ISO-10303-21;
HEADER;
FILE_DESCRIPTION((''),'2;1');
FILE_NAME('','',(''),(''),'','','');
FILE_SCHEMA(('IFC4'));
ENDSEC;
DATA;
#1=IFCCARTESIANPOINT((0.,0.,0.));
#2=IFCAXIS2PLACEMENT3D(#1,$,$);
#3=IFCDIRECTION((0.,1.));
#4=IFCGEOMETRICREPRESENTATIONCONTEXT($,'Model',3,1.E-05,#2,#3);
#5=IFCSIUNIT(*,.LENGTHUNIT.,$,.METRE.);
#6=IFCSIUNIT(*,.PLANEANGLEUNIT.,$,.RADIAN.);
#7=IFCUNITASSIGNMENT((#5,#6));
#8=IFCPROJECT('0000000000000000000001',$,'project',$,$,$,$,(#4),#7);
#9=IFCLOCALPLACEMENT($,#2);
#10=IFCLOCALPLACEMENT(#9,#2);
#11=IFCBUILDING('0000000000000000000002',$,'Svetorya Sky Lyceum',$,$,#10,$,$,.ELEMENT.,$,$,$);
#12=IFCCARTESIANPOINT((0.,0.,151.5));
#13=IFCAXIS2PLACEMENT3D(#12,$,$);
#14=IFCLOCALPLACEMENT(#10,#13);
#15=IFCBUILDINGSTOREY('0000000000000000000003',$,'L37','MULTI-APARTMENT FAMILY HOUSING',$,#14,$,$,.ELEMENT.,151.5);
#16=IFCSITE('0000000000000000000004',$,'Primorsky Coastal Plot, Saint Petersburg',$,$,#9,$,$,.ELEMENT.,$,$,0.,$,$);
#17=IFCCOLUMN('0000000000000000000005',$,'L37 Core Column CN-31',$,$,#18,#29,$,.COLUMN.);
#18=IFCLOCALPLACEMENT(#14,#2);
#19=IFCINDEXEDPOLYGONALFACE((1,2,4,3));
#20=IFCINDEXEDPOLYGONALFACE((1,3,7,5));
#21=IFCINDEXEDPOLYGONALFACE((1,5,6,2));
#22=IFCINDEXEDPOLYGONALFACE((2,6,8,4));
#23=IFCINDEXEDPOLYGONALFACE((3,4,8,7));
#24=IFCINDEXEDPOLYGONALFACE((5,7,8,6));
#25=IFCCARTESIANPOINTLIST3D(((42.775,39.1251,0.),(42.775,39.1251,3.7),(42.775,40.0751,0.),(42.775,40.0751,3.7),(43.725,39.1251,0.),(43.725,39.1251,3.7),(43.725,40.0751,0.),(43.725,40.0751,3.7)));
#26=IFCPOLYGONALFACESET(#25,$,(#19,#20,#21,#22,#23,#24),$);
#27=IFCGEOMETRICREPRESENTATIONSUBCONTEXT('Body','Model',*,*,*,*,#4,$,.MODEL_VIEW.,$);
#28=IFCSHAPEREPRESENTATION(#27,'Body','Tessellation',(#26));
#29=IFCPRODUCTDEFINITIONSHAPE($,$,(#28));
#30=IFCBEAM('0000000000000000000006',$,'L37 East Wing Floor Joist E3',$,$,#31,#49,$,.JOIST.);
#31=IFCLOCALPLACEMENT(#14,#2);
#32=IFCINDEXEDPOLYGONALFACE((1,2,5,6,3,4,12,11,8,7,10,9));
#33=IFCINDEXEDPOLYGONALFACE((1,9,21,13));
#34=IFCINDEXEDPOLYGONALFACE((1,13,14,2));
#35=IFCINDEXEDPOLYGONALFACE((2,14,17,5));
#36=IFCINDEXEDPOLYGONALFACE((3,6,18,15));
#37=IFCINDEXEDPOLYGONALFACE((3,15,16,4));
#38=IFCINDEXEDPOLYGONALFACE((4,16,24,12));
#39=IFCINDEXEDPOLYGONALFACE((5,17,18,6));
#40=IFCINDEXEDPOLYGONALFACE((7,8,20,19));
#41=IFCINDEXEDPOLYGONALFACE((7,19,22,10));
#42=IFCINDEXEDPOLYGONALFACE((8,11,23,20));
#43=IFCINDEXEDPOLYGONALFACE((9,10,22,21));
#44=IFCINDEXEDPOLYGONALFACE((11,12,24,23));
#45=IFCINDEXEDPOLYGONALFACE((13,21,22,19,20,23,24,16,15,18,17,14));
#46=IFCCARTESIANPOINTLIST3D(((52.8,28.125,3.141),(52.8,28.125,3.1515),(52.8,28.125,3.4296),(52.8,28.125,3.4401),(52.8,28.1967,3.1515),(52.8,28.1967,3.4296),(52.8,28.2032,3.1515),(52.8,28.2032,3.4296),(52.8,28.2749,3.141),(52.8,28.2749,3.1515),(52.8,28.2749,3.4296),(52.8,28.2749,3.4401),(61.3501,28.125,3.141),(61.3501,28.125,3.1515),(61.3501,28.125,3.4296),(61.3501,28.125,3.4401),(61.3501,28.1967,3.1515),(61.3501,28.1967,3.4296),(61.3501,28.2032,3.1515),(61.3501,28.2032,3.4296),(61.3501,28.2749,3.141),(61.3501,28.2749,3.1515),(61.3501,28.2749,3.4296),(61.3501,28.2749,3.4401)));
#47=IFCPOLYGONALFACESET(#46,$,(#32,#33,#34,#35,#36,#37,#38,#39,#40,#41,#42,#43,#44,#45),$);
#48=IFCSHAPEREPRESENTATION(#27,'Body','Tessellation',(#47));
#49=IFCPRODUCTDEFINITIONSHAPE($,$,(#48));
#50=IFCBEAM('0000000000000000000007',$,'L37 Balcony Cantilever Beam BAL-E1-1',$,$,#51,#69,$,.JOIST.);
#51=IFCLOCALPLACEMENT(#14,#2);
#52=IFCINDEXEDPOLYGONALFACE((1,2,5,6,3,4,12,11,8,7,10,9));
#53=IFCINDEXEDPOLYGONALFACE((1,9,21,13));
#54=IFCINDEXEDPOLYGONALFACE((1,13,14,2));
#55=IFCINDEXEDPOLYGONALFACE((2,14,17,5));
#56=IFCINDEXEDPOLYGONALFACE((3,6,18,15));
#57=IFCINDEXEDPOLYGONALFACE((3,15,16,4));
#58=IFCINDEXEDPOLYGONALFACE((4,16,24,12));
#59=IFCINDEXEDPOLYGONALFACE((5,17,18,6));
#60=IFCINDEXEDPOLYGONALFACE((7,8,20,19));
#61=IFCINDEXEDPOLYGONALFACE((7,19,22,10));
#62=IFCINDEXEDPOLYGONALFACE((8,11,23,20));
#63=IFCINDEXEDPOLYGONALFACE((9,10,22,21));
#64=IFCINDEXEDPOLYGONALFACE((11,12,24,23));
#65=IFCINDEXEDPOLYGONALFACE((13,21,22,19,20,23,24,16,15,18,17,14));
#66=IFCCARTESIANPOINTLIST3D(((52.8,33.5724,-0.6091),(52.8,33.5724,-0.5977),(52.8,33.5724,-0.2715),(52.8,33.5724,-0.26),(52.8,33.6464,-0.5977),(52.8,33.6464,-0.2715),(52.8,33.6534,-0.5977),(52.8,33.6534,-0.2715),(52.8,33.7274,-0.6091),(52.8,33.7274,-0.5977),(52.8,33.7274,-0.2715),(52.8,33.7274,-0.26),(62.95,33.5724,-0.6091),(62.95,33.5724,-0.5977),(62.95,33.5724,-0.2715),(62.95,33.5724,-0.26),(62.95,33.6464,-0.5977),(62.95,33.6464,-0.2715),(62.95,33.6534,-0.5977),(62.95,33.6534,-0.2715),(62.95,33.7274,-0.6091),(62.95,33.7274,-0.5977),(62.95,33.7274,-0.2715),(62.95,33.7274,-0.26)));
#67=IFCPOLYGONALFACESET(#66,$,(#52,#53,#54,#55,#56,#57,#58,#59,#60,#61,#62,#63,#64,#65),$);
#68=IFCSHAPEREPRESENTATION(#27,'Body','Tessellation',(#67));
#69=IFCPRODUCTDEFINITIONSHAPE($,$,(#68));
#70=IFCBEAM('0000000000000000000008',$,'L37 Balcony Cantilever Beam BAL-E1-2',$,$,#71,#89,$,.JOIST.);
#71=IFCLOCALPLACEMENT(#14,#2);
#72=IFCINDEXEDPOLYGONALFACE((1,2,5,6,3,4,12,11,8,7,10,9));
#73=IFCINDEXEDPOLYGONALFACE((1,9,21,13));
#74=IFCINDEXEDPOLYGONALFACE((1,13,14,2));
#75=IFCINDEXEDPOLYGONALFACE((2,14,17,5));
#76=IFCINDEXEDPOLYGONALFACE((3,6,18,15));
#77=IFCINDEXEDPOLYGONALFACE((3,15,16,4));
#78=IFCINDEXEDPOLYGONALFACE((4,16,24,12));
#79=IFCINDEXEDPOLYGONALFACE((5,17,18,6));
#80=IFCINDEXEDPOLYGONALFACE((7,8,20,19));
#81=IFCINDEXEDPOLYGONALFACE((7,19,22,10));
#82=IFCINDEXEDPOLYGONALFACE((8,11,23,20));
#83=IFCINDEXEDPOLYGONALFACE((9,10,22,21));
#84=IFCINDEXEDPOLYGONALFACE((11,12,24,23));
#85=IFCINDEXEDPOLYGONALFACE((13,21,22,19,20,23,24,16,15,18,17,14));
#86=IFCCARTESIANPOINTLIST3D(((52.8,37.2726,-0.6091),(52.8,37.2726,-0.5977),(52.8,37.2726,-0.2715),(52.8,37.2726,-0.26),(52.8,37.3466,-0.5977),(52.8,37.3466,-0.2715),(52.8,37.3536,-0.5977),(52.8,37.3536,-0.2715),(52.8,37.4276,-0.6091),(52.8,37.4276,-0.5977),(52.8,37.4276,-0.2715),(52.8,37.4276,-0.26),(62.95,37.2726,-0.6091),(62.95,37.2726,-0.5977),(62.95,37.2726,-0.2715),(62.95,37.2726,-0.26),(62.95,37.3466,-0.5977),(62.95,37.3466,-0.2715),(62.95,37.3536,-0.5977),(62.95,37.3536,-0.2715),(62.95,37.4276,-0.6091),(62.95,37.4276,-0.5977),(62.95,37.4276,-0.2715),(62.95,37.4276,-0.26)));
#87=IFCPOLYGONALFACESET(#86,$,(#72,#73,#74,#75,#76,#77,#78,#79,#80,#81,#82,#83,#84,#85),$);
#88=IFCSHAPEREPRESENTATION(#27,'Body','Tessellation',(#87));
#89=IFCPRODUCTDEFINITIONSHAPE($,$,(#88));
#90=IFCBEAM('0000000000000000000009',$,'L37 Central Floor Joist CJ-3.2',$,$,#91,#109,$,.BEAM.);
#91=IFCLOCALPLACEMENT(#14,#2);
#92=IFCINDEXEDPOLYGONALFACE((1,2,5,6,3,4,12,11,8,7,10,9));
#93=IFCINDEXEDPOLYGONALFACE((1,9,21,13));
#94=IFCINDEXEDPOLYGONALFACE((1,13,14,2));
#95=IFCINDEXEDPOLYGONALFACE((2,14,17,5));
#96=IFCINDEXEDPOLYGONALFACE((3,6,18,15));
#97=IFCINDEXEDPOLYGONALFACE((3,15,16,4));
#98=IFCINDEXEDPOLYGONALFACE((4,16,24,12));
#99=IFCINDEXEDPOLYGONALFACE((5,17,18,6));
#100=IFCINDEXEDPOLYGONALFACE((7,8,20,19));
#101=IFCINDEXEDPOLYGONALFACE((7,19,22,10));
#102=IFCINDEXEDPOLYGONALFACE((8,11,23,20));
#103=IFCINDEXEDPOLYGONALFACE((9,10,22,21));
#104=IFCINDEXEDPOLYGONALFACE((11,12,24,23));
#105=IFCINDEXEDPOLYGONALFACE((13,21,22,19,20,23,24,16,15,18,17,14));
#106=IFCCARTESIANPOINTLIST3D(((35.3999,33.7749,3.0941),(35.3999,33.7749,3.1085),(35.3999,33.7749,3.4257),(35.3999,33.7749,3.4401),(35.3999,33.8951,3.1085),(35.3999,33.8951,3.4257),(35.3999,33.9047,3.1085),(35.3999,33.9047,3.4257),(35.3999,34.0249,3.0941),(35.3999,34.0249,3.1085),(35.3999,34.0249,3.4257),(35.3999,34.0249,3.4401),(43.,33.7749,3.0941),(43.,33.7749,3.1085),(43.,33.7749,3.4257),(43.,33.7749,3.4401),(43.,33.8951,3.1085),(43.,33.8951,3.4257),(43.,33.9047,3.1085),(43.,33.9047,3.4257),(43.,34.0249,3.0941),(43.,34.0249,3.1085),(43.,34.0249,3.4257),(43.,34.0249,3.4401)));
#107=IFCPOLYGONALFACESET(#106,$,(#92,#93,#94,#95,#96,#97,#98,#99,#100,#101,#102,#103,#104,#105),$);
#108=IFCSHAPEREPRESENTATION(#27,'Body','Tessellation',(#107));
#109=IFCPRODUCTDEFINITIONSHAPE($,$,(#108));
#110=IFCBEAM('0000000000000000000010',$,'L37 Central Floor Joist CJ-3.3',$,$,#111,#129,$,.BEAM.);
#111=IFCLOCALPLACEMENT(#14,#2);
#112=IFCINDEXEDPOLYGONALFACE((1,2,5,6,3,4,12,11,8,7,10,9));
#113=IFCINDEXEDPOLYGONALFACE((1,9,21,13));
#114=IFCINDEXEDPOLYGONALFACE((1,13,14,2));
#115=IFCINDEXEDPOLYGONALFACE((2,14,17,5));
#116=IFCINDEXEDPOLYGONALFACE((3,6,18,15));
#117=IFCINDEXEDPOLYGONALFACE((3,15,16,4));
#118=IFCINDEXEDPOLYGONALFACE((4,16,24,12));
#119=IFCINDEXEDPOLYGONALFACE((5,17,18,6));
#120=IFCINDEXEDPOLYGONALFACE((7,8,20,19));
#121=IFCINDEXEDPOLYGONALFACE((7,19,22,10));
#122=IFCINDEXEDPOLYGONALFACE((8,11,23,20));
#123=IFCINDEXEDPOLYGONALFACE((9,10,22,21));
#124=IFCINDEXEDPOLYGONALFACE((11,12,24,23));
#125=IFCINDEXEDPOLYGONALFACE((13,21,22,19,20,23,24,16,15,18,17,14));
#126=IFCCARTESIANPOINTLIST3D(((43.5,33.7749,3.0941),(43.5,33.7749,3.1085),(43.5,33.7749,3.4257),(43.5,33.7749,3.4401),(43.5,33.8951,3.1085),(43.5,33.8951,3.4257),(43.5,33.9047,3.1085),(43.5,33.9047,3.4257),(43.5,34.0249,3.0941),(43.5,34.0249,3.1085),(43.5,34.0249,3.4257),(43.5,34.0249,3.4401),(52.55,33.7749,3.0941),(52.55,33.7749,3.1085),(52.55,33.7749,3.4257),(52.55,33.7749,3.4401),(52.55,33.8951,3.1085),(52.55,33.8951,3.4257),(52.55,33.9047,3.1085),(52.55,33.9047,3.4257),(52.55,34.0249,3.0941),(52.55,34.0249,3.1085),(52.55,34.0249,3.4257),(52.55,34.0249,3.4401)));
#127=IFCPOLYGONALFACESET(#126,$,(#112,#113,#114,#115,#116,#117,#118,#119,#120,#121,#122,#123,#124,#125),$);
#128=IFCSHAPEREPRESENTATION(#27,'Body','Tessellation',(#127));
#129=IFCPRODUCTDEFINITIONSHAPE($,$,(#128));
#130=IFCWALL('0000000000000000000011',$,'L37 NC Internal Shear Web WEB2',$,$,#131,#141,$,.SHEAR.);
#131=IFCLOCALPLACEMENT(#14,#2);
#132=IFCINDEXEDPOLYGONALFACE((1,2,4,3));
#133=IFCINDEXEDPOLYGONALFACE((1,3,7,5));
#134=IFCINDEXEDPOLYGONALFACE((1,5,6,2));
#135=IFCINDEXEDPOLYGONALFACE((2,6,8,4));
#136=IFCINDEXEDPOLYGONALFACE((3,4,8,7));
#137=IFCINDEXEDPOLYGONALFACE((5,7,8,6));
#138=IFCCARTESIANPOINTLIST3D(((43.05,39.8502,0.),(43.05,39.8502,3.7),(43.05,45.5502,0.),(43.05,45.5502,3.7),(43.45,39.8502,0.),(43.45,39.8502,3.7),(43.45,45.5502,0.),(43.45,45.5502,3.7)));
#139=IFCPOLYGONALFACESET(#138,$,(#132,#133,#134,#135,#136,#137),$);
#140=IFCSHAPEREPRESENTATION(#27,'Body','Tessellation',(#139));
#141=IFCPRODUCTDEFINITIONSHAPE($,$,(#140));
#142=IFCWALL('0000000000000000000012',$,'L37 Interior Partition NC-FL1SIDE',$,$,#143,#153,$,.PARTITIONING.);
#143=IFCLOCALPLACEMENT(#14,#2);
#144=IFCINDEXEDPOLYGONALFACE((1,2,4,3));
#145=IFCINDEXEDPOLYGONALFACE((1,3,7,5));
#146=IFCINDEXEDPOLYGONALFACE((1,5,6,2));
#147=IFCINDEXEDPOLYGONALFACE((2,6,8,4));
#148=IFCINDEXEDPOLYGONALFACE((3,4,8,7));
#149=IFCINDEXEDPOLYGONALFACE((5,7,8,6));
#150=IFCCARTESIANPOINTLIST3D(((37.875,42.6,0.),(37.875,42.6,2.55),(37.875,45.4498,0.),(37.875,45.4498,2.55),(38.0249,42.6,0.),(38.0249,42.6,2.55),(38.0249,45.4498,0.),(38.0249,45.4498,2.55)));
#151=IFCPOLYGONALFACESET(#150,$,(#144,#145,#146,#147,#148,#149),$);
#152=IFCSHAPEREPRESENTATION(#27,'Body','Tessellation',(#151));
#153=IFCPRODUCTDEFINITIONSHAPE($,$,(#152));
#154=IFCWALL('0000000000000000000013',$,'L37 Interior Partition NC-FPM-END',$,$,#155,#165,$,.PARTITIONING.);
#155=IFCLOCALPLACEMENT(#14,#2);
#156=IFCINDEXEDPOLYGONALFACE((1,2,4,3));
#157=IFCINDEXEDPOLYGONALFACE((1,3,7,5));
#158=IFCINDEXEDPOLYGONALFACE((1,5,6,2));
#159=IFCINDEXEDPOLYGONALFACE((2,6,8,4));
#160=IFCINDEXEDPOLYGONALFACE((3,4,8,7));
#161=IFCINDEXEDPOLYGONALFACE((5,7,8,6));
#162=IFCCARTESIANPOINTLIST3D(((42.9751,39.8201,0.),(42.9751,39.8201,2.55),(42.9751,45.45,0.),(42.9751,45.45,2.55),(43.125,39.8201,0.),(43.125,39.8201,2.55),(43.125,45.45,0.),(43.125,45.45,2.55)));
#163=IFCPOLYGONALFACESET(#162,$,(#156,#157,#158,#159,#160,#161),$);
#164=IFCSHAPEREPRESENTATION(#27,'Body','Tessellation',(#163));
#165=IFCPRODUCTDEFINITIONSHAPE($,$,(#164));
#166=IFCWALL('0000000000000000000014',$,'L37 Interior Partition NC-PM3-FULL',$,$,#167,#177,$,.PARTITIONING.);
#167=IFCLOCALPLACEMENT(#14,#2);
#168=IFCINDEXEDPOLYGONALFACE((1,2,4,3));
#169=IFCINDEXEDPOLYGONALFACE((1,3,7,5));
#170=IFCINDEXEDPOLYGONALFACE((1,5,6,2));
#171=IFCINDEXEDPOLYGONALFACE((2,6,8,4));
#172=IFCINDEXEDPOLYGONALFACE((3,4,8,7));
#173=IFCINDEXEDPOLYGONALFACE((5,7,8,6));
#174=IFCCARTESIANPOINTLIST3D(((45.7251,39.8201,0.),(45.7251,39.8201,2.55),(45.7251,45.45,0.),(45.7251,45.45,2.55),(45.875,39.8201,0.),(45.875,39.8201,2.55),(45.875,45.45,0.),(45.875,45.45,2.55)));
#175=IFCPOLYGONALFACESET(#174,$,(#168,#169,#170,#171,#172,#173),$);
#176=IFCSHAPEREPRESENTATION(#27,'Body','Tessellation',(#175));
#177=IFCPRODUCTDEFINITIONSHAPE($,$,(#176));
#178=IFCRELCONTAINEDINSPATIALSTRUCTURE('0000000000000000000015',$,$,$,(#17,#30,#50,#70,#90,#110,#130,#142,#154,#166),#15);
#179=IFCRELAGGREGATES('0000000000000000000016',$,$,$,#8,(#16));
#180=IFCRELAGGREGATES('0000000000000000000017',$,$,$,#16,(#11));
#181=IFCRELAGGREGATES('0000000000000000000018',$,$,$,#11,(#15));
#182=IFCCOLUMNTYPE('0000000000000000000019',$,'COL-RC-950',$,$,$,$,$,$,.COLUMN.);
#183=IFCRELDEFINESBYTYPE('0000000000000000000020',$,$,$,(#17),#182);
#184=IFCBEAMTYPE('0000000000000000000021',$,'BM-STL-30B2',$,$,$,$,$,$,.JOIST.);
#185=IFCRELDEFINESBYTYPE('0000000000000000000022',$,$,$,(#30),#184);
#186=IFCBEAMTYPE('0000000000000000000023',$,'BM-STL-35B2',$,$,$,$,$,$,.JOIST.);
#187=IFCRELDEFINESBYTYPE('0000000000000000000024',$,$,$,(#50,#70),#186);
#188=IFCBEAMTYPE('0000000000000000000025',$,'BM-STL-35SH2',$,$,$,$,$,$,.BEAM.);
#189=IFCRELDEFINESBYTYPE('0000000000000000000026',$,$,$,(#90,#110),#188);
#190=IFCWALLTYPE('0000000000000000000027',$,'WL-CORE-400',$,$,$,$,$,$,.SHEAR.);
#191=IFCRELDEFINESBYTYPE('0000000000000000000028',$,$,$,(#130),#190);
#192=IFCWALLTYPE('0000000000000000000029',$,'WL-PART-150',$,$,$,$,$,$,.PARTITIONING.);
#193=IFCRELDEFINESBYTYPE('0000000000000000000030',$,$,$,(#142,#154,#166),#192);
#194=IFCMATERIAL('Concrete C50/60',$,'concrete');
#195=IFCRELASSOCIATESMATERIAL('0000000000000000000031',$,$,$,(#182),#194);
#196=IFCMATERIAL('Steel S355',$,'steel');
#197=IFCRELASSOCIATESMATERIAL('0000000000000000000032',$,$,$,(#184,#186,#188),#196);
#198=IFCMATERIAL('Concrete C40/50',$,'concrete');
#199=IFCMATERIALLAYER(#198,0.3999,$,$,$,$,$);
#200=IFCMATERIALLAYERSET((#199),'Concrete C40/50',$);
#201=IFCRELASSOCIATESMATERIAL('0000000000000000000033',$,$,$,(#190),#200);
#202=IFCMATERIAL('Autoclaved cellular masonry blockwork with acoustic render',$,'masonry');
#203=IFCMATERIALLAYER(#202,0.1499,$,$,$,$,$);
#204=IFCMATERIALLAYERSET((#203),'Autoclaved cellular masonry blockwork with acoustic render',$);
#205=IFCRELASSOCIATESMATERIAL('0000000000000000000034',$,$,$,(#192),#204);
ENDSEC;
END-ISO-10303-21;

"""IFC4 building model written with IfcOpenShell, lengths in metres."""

from ifc_helpers import new_model, si_unit, direction, frame, frame_2d, origin, origin_2d, place, context, subcontext, project, spatial, rectangle, i_section, extrude, material, layer, layer_set, material_profile, profile_set, type_object, element, save


model = new_model("IFC4")

# Units and contexts
model_context = context("Model", 3, precision=1e-05, world=origin(), true_north=direction((0.0, 1.0)))
body_context = subcontext(model_context, "Body", "Model", "MODEL_VIEW")
ifc_project = project(units=[si_unit("LENGTHUNIT", "METRE"), si_unit("PLANEANGLEUNIT", "RADIAN")], contexts=[model_context])

# Site, building, storey
site_placement = place(None, origin())
site = spatial("IfcSite", under=ifc_project, at=site_placement, Name="Primorsky Coastal Plot, Saint Petersburg", CompositionType="ELEMENT", RefElevation=0.0)
building_placement = place(site_placement, origin())
building = spatial("IfcBuilding", under=site, at=building_placement, Name="Svetorya Sky Lyceum", CompositionType="ELEMENT")
storey_placement = place(building_placement, frame((0.0, 0.0, 151.5)))
storey = spatial("IfcBuildingStorey", under=building, at=storey_placement, Name="L37", Description="MULTI-APARTMENT FAMILY HOUSING", CompositionType="ELEMENT", Elevation=151.5)

# Column
ifc_material_1 = material(Name="Concrete C50/60", Category="concrete")
ifc_material_profile_1 = material_profile(ifc_material_1, rectangle(XDim=0.95, YDim=0.95, at=origin_2d()), Name="RC COL 950x950")
ifc_profile_set_1 = profile_set([ifc_material_profile_1], Name="Concrete C50/60")
column_type = type_object("IfcColumnType", Name="COL-RC-950", PredefinedType="COLUMN", material=ifc_profile_set_1)
column_placement = place(storey_placement, frame((43.25, 39.6001, 0.0), z_axis=(0.0, 0.0, 1.0), x_axis=(1.0, 0.0, 0.0)))
element("IfcColumn", 1, at=column_placement, inside=storey, type_object=column_type, Name="L37 Core Column CN-31", PredefinedType="COLUMN", context=body_context, shape_type="SweptSolid", body=[
    extrude(rectangle(XDim=0.95, YDim=0.95, at=origin_2d()), origin(), (0.0, 0.0, 1.0), 3.7),
])

# Beams
ifc_material_2 = material(Name="Steel S355", Category="steel")
ifc_material_profile_2 = material_profile(ifc_material_2, i_section(OverallWidth=0.1499, OverallDepth=0.2991, WebThickness=0.0066, FlangeThickness=0.0105, at=origin_2d()), Name="GOST 30B2")
ifc_profile_set_2 = profile_set([ifc_material_profile_2], Name="Steel S355")
beam_type_1 = type_object("IfcBeamType", Name="BM-STL-30B2", PredefinedType="JOIST", material=ifc_profile_set_2)
beam_1_placement = place(storey_placement, frame((52.8, 28.2, 3.2905), z_axis=(1.0, 0.0, 0.0), x_axis=(0.0, 1.0, 0.0)))
element("IfcBeam", 2, at=beam_1_placement, inside=storey, type_object=beam_type_1, Name="L37 East Wing Floor Joist E3", PredefinedType="JOIST", context=body_context, shape_type="SweptSolid", body=[
    extrude(i_section(OverallWidth=0.1499, OverallDepth=0.2991, WebThickness=0.0066, FlangeThickness=0.0105, at=origin_2d()), origin(), (0.0, 0.0, 1.0), 8.55),
])
ifc_material_profile_3 = material_profile(ifc_material_2, i_section(OverallWidth=0.155, OverallDepth=0.3491, WebThickness=0.0071, FlangeThickness=0.0115, at=origin_2d()), Name="GOST 35B2")
ifc_profile_set_3 = profile_set([ifc_material_profile_3], Name="Steel S355")
beam_type_2 = type_object("IfcBeamType", Name="BM-STL-35B2", PredefinedType="JOIST", material=ifc_profile_set_3)
for number, where, z_axis, x_axis, name in (
    (3, (52.8, 33.6499, -0.4346), (1.0, 0.0, 0.0), (0.0, 1.0, 0.0), "L37 Balcony Cantilever Beam BAL-E1-1"),
    (4, (52.8, 37.3501, -0.4346), (1.0, 0.0, 0.0), (0.0, 1.0, 0.0), "L37 Balcony Cantilever Beam BAL-E1-2"),
):
    element("IfcBeam", number, at=place(storey_placement, frame(where, z_axis=z_axis, x_axis=x_axis)), inside=storey, type_object=beam_type_2, Name=name, PredefinedType="JOIST", context=body_context, shape_type="SweptSolid", body=[
        extrude(i_section(OverallWidth=0.155, OverallDepth=0.3491, WebThickness=0.0071, FlangeThickness=0.0115, at=origin_2d()), origin(), (0.0, 0.0, 1.0), 10.1499),
    ])
ifc_material_profile_4 = material_profile(ifc_material_2, i_section(OverallWidth=0.25, OverallDepth=0.3459, WebThickness=0.0095, FlangeThickness=0.0144, at=origin_2d()), Name="GOST 35Sh2")
ifc_profile_set_4 = profile_set([ifc_material_profile_4], Name="Steel S355")
beam_type_3 = type_object("IfcBeamType", Name="BM-STL-35SH2", PredefinedType="BEAM", material=ifc_profile_set_4)
beam_2_placement = place(storey_placement, frame((35.3999, 33.8999, 3.2671), z_axis=(1.0, 0.0, 0.0), x_axis=(0.0, 1.0, 0.0)))
element("IfcBeam", 5, at=beam_2_placement, inside=storey, type_object=beam_type_3, Name="L37 Central Floor Joist CJ-3.2", PredefinedType="BEAM", context=body_context, shape_type="SweptSolid", body=[
    extrude(i_section(OverallWidth=0.25, OverallDepth=0.3459, WebThickness=0.0095, FlangeThickness=0.0144, at=origin_2d()), origin(), (0.0, 0.0, 1.0), 7.6001),
])
beam_3_placement = place(storey_placement, frame((43.5, 33.8999, 3.2671), z_axis=(1.0, 0.0, 0.0), x_axis=(0.0, 1.0, 0.0)))
element("IfcBeam", 6, at=beam_3_placement, inside=storey, type_object=beam_type_3, Name="L37 Central Floor Joist CJ-3.3", PredefinedType="BEAM", context=body_context, shape_type="SweptSolid", body=[
    extrude(i_section(OverallWidth=0.25, OverallDepth=0.3459, WebThickness=0.0095, FlangeThickness=0.0144, at=origin_2d()), origin(), (0.0, 0.0, 1.0), 9.05),
])

# Wall
ifc_material_3 = material(Name="Concrete C40/50", Category="concrete")
ifc_layer_1 = layer(ifc_material_3, 0.3999)
ifc_layer_set_1 = layer_set([ifc_layer_1], Name="Concrete C40/50")
wall_type_1 = type_object("IfcWallType", Name="WL-CORE-400", PredefinedType="SHEAR", material=ifc_layer_set_1)
wall_1_placement = place(storey_placement, frame((43.25, 39.8501, 0.0), z_axis=(0.0, 0.0, 1.0), x_axis=(0.0, 1.0, 0.0)))
element("IfcWall", 7, at=wall_1_placement, inside=storey, type_object=wall_type_1, Name="L37 NC Internal Shear Web WEB2", PredefinedType="SHEAR", context=body_context, shape_type="SweptSolid", body=[
    extrude(rectangle(XDim=5.7, YDim=0.3999, at=frame_2d((2.8501, 0.0))), origin(), (0.0, 0.0, 1.0), 3.7),
])

# Walls
ifc_material_4 = material(Name="Autoclaved cellular masonry blockwork with acoustic render", Category="masonry")
ifc_layer_2 = layer(ifc_material_4, 0.1499)
ifc_layer_set_2 = layer_set([ifc_layer_2], Name="Autoclaved cellular masonry blockwork with acoustic render")
wall_type_2 = type_object("IfcWallType", Name="WL-PART-150", PredefinedType="PARTITIONING", material=ifc_layer_set_2)
wall_2_placement = place(storey_placement, frame((37.95, 42.6001, 0.0), z_axis=(0.0, 0.0, 1.0), x_axis=(0.0, 1.0, 0.0)))
element("IfcWall", 8, at=wall_2_placement, inside=storey, type_object=wall_type_2, Name="L37 Interior Partition NC-FL1SIDE", PredefinedType="PARTITIONING", context=body_context, shape_type="SweptSolid", body=[
    extrude(rectangle(XDim=2.8499, YDim=0.1499, at=frame_2d((1.4248, 0.0))), origin(), (0.0, 0.0, 1.0), 2.55),
])
for number, where, z_axis, x_axis, name in (
    (9, (43.05, 39.8201, 0.0), (0.0, 0.0, 1.0), (0.0, 1.0, 0.0), "L37 Interior Partition NC-FPM-END"),
    (10, (45.8, 39.8201, 0.0), (0.0, 0.0, 1.0), (0.0, 1.0, 0.0), "L37 Interior Partition NC-PM3-FULL"),
):
    element("IfcWall", number, at=place(storey_placement, frame(where, z_axis=z_axis, x_axis=x_axis)), inside=storey, type_object=wall_type_2, Name=name, PredefinedType="PARTITIONING", context=body_context, shape_type="SweptSolid", body=[
        extrude(rectangle(XDim=5.6299, YDim=0.1499, at=frame_2d((2.8149, 0.0))), origin(), (0.0, 0.0, 1.0), 2.55),
    ])

save(model, "model.ifc")
